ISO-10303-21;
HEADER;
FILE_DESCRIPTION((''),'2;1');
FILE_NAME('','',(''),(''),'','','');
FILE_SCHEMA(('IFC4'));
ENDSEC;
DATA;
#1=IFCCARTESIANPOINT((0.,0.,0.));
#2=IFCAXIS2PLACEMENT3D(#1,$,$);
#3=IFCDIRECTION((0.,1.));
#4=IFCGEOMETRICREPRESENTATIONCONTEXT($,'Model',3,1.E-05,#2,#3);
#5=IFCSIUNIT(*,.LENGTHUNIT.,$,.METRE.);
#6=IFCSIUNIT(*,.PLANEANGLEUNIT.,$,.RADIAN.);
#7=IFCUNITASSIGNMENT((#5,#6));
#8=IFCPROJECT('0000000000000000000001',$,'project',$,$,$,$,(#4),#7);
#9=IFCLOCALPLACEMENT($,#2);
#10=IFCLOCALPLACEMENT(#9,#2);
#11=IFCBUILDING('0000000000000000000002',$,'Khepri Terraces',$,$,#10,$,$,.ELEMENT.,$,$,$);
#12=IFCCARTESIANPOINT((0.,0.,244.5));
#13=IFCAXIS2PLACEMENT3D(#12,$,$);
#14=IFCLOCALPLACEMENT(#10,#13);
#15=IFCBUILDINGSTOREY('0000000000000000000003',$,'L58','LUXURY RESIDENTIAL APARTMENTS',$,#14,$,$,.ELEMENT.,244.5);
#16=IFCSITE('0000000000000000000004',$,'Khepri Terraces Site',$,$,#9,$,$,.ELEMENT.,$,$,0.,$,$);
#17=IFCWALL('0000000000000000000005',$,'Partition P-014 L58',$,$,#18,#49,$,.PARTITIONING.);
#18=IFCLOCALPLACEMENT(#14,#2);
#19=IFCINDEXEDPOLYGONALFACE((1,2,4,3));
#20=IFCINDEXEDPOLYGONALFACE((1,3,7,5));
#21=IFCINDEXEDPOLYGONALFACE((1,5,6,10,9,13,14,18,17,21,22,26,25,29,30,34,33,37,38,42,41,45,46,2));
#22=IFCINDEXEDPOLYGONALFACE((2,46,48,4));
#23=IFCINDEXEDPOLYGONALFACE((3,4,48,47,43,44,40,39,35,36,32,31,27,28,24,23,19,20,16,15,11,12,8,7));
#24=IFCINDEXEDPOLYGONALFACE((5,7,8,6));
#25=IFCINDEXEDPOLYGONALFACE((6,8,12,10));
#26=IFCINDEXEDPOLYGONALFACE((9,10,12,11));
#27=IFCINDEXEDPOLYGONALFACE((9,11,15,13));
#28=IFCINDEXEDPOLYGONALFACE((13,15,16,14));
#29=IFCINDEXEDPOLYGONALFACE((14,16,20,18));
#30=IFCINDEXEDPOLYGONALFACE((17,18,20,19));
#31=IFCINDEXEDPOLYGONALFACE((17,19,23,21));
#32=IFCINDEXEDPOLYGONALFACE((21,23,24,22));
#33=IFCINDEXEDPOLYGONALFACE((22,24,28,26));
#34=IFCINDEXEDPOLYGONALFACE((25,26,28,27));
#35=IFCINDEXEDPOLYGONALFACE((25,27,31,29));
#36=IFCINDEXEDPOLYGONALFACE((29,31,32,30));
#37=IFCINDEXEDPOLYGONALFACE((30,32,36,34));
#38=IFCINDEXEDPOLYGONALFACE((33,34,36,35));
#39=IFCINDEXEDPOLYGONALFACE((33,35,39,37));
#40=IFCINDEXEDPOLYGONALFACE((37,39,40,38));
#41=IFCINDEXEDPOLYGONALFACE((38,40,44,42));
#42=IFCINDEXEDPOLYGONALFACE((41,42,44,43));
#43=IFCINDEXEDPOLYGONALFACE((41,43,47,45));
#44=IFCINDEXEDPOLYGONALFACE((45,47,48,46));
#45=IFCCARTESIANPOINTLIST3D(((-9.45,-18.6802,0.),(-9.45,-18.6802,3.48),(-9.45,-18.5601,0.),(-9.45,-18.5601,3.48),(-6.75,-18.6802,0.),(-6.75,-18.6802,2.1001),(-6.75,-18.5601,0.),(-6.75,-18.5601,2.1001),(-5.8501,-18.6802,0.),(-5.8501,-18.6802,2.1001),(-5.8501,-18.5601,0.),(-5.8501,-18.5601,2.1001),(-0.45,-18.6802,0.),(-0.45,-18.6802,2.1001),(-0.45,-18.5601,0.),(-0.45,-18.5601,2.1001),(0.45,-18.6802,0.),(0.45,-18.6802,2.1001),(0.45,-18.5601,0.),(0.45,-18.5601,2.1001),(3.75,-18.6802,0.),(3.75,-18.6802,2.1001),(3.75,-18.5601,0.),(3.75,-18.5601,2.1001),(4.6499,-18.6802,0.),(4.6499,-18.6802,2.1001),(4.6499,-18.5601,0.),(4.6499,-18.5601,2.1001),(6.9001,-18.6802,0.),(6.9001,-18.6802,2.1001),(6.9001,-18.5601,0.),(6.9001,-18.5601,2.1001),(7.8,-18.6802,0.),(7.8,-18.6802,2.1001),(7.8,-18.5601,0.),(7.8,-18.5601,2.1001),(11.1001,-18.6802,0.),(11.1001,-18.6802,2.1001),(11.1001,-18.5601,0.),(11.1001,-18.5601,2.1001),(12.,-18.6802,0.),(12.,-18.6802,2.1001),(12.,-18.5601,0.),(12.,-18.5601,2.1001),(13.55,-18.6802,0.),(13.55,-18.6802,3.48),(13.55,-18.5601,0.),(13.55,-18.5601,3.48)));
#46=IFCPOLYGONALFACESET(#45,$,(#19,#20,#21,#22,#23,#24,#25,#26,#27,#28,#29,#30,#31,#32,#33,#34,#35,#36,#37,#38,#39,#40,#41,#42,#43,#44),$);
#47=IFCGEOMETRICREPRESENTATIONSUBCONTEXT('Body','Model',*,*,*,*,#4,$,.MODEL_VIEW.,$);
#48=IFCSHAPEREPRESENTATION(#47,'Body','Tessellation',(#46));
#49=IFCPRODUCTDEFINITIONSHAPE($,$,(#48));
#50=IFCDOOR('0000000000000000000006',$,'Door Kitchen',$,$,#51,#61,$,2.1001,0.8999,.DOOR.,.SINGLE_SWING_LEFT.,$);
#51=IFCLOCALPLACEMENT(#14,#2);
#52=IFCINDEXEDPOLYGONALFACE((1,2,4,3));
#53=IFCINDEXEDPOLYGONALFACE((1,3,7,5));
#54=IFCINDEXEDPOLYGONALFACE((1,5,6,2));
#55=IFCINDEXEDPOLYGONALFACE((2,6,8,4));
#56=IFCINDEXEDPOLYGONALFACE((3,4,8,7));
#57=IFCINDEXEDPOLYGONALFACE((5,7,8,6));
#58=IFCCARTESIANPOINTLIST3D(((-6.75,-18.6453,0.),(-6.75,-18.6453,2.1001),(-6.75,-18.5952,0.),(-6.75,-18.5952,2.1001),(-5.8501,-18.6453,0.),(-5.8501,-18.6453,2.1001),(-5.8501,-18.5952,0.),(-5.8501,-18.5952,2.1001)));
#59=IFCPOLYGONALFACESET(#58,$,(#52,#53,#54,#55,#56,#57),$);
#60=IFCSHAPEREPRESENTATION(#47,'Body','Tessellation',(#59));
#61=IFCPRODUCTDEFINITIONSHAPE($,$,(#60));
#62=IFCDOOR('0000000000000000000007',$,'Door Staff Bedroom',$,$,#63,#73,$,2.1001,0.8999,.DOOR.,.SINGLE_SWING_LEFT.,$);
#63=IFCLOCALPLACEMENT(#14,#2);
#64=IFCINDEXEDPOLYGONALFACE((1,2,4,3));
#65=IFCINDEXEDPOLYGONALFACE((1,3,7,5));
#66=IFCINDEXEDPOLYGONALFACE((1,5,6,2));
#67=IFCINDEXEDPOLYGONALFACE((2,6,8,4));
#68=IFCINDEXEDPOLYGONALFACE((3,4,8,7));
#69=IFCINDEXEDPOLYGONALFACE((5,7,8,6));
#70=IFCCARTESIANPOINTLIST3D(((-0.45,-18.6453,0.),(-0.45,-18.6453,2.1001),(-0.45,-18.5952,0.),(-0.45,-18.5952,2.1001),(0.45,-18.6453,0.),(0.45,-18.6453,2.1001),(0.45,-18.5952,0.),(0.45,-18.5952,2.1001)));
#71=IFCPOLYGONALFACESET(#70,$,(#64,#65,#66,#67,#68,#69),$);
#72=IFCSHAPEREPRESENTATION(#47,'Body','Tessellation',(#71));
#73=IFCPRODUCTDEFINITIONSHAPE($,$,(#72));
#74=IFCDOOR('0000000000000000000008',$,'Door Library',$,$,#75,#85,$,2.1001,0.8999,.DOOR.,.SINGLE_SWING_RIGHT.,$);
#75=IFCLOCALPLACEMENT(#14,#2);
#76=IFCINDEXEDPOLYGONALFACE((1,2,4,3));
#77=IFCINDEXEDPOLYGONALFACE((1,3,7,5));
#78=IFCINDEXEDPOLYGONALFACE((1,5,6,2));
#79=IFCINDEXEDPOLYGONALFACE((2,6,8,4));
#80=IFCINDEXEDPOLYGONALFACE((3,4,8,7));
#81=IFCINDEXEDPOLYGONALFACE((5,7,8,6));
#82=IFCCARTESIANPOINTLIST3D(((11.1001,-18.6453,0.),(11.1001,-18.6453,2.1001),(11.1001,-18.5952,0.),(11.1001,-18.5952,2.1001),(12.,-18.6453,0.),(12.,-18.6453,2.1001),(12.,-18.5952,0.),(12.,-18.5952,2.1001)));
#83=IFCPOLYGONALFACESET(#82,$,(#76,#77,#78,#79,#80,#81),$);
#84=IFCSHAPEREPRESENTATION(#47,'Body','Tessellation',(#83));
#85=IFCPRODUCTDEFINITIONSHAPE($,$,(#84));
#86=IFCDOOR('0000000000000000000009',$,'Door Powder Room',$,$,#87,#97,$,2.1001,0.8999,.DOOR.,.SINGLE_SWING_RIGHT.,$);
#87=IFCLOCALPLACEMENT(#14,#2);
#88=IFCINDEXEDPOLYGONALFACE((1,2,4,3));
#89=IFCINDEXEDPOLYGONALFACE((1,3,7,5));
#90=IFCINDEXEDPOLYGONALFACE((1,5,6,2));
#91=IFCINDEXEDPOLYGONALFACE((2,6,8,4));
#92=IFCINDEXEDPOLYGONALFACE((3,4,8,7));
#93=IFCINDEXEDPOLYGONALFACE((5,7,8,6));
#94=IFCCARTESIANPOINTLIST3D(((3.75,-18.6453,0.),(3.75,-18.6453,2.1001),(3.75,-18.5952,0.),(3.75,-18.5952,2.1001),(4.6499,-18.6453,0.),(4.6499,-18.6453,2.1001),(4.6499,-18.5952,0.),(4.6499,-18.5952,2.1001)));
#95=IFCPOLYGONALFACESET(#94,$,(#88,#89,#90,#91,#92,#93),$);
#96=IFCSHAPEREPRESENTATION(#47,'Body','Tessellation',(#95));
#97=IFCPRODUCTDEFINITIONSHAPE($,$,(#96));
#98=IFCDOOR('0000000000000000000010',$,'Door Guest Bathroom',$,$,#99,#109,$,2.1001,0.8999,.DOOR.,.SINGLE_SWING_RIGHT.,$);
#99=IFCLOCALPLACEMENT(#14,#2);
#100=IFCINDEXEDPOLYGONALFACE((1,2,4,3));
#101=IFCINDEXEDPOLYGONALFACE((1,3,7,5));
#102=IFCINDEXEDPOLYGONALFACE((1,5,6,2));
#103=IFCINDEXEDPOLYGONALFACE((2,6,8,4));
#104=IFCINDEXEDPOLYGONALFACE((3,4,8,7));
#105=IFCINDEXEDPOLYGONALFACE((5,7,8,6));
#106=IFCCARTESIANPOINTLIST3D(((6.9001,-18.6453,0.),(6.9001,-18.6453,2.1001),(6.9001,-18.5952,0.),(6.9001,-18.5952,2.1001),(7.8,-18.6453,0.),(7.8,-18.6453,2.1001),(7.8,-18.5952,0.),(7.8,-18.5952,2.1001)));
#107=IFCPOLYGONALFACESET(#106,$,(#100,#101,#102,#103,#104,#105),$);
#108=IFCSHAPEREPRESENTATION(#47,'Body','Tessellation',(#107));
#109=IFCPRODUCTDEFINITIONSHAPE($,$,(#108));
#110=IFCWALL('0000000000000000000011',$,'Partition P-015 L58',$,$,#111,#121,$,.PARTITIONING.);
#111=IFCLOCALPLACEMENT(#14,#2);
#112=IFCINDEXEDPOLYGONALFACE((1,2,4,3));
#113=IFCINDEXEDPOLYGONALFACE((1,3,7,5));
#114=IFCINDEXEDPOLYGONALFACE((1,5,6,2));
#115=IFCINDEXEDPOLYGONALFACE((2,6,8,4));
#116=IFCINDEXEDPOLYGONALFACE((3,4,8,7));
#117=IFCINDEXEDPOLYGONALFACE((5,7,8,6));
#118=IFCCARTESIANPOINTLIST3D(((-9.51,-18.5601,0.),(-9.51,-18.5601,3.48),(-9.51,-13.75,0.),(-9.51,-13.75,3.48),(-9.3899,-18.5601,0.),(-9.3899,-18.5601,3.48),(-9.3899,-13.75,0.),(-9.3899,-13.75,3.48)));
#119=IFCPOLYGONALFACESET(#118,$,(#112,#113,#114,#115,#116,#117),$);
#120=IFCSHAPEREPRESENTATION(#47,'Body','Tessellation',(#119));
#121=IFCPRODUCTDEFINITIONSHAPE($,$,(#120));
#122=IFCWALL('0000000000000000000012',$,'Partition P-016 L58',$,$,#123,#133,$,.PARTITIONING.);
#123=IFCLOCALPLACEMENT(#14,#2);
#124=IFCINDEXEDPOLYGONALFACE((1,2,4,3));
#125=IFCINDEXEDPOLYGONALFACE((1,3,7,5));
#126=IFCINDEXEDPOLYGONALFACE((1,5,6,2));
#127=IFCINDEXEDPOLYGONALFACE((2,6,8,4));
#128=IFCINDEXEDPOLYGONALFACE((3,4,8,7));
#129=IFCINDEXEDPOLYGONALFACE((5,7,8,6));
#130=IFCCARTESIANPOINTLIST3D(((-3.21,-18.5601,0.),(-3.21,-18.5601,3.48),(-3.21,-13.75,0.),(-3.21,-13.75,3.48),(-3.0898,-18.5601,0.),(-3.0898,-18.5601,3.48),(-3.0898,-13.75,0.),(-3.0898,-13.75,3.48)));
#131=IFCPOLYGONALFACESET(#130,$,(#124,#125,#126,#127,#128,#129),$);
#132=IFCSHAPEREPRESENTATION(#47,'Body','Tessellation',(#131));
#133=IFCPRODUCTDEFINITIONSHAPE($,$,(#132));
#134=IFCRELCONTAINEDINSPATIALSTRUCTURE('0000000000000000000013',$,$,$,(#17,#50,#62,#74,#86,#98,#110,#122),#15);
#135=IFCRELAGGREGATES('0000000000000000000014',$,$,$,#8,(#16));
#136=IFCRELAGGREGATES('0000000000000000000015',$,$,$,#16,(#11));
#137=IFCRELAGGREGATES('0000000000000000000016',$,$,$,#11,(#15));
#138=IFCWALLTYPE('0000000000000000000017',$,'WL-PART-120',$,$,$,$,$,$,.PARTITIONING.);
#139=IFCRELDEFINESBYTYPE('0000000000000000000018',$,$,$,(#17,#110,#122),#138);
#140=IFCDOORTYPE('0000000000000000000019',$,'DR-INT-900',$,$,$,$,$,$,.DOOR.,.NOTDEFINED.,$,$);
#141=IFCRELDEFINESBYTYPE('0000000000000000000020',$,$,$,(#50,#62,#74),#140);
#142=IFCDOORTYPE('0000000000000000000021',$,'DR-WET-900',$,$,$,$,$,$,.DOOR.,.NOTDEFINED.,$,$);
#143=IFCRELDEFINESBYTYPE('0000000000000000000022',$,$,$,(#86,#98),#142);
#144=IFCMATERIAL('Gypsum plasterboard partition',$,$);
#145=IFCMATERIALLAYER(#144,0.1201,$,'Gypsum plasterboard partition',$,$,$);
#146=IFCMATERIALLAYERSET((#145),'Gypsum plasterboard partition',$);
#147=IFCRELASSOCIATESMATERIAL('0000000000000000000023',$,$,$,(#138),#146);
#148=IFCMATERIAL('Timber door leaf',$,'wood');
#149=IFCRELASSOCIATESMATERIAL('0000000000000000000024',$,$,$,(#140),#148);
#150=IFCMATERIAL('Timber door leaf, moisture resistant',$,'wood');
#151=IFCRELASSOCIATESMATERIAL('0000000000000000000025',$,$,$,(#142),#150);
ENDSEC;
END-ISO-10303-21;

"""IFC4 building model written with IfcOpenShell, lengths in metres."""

from ifc_helpers import new_model, si_unit, direction, frame, frame_2d, origin, place, context, subcontext, project, spatial, rectangle, extrude, material, layer, layer_set, type_object, element, fill, save


model = new_model("IFC4")

# Units and contexts
model_context = context("Model", 3, precision=1e-05, world=origin(), true_north=direction((0.0, 1.0)))
body_context = subcontext(model_context, "Body", "Model", "MODEL_VIEW")
ifc_project = project(units=[si_unit("LENGTHUNIT", "METRE"), si_unit("PLANEANGLEUNIT", "RADIAN")], contexts=[model_context])

# Site, building, storey
site_placement = place(None, origin())
site = spatial("IfcSite", under=ifc_project, at=site_placement, Name="Khepri Terraces Site", CompositionType="ELEMENT", RefElevation=0.0)
building_placement = place(site_placement, origin())
building = spatial("IfcBuilding", under=site, at=building_placement, Name="Khepri Terraces", CompositionType="ELEMENT")
storey_placement = place(building_placement, frame((0.0, 0.0, 244.5)))
storey = spatial("IfcBuildingStorey", under=building, at=storey_placement, Name="L58", Description="LUXURY RESIDENTIAL APARTMENTS", CompositionType="ELEMENT", Elevation=244.5)

# Shared definitions
ifc_material_1 = material(Name="Gypsum plasterboard partition")
ifc_layer_1 = layer(ifc_material_1, 0.1201, Name="Gypsum plasterboard partition")
ifc_layer_set_1 = layer_set([ifc_layer_1], Name="Gypsum plasterboard partition")
wall_type_1 = type_object("IfcWallType", Name="WL-PART-120", PredefinedType="PARTITIONING", material=ifc_layer_set_1)

# Shared definitions
ifc_material_2 = material(Name="Timber door leaf", Category="wood")
door_type_1 = type_object("IfcDoorType", Name="DR-INT-900", OperationType="NOTDEFINED", PredefinedType="DOOR", material=ifc_material_2)

# Wall, openings, doors
wall_1_placement = place(storey_placement, frame((-9.45, -18.6201, 0.0), z_axis=(0.0, 0.0, 1.0), x_axis=(1.0, 0.0, 0.0)))
wall_1 = element("IfcWall", 1, at=wall_1_placement, inside=storey, type_object=wall_type_1, Name="Partition P-014 L58", PredefinedType="PARTITIONING", context=body_context, shape_type="SweptSolid", body=[
    extrude(rectangle(XDim=23.0, YDim=0.1201, at=frame_2d((11.5, 0.0))), origin(), (0.0, 0.0, 1.0), 3.48),
])
opening_1_placement = place(wall_1_placement, frame((2.7, 0.0, 0.0)))
opening_1 = element("IfcOpeningElement", 2, at=opening_1_placement, cuts=wall_1, PredefinedType="OPENING", context=body_context, shape_type="SweptSolid", body=[
    extrude(rectangle(XDim=0.8999, YDim=2.1001, at=frame_2d((0.45, 1.05))), frame((0.0, 0.0701, 0.0), z_axis=(0.0, -1.0, 0.0), x_axis=(1.0, 0.0, 0.0)), (0.0, 0.0, 1.0), 0.1401),
])
opening_2_placement = place(wall_1_placement, frame((9.0, 0.0, 0.0)))
opening_2 = element("IfcOpeningElement", 3, at=opening_2_placement, cuts=wall_1, PredefinedType="OPENING", context=body_context, shape_type="SweptSolid", body=[
    extrude(rectangle(XDim=0.8999, YDim=2.1001, at=frame_2d((0.45, 1.05))), frame((0.0, 0.0701, 0.0), z_axis=(0.0, -1.0, 0.0), x_axis=(1.0, 0.0, 0.0)), (0.0, 0.0, 1.0), 0.1401),
])
opening_3_placement = place(wall_1_placement, frame((13.2, 0.0, 0.0)))
opening_3 = element("IfcOpeningElement", 4, at=opening_3_placement, cuts=wall_1, PredefinedType="OPENING", context=body_context, shape_type="SweptSolid", body=[
    extrude(rectangle(XDim=0.8999, YDim=2.1001, at=frame_2d((0.45, 1.05))), frame((0.0, 0.0701, 0.0), z_axis=(0.0, -1.0, 0.0), x_axis=(1.0, 0.0, 0.0)), (0.0, 0.0, 1.0), 0.1401),
])
opening_4_placement = place(wall_1_placement, frame((16.3501, 0.0, 0.0)))
opening_4 = element("IfcOpeningElement", 5, at=opening_4_placement, cuts=wall_1, PredefinedType="OPENING", context=body_context, shape_type="SweptSolid", body=[
    extrude(rectangle(XDim=0.8999, YDim=2.1001, at=frame_2d((0.45, 1.05))), frame((0.0, 0.0701, 0.0), z_axis=(0.0, -1.0, 0.0), x_axis=(1.0, 0.0, 0.0)), (0.0, 0.0, 1.0), 0.1401),
])
opening_5_placement = place(wall_1_placement, frame((20.55, 0.0, 0.0)))
opening_5 = element("IfcOpeningElement", 6, at=opening_5_placement, cuts=wall_1, PredefinedType="OPENING", context=body_context, shape_type="SweptSolid", body=[
    extrude(rectangle(XDim=0.8999, YDim=2.1001, at=frame_2d((0.45, 1.05))), frame((0.0, 0.0701, 0.0), z_axis=(0.0, -1.0, 0.0), x_axis=(1.0, 0.0, 0.0)), (0.0, 0.0, 1.0), 0.1401),
])
door_1_placement = place(opening_1_placement, origin())
door_1 = element("IfcDoor", 7, at=door_1_placement, inside=storey, type_object=door_type_1, Name="Door Kitchen", OperationType="SINGLE_SWING_LEFT", OverallHeight=2.1001, OverallWidth=0.8999, PredefinedType="DOOR", context=body_context, shape_type="SweptSolid", body=[
    extrude(rectangle(XDim=0.8999, YDim=2.1001, at=frame_2d((0.45, 1.05))), frame((0.0, 0.0249, 0.0), z_axis=(0.0, -1.0, 0.0), x_axis=(1.0, 0.0, 0.0)), (0.0, 0.0, 1.0), 0.05),
])
fill(opening_1, door_1)
door_2_placement = place(opening_2_placement, origin())
door_2 = element("IfcDoor", 8, at=door_2_placement, inside=storey, type_object=door_type_1, Name="Door Staff Bedroom", OperationType="SINGLE_SWING_LEFT", OverallHeight=2.1001, OverallWidth=0.8999, PredefinedType="DOOR", context=body_context, shape_type="SweptSolid", body=[
    extrude(rectangle(XDim=0.8999, YDim=2.1001, at=frame_2d((0.45, 1.05))), frame((0.0, 0.0249, 0.0), z_axis=(0.0, -1.0, 0.0), x_axis=(1.0, 0.0, 0.0)), (0.0, 0.0, 1.0), 0.05),
])
fill(opening_2, door_2)
door_3_placement = place(opening_5_placement, origin())
door_3 = element("IfcDoor", 9, at=door_3_placement, inside=storey, type_object=door_type_1, Name="Door Library", OperationType="SINGLE_SWING_RIGHT", OverallHeight=2.1001, OverallWidth=0.8999, PredefinedType="DOOR", context=body_context, shape_type="SweptSolid", body=[
    extrude(rectangle(XDim=0.8999, YDim=2.1001, at=frame_2d((0.45, 1.05))), frame((0.0, 0.0249, 0.0), z_axis=(0.0, -1.0, 0.0), x_axis=(1.0, 0.0, 0.0)), (0.0, 0.0, 1.0), 0.05),
])
fill(opening_5, door_3)
ifc_material_3 = material(Name="Timber door leaf, moisture resistant", Category="wood")
door_type_2 = type_object("IfcDoorType", Name="DR-WET-900", OperationType="NOTDEFINED", PredefinedType="DOOR", material=ifc_material_3)
door_4_placement = place(opening_3_placement, origin())
door_4 = element("IfcDoor", 10, at=door_4_placement, inside=storey, type_object=door_type_2, Name="Door Powder Room", OperationType="SINGLE_SWING_RIGHT", OverallHeight=2.1001, OverallWidth=0.8999, PredefinedType="DOOR", context=body_context, shape_type="SweptSolid", body=[
    extrude(rectangle(XDim=0.8999, YDim=2.1001, at=frame_2d((0.45, 1.05))), frame((0.0, 0.0249, 0.0), z_axis=(0.0, -1.0, 0.0), x_axis=(1.0, 0.0, 0.0)), (0.0, 0.0, 1.0), 0.05),
])
fill(opening_3, door_4)
door_5_placement = place(opening_4_placement, origin())
door_5 = element("IfcDoor", 11, at=door_5_placement, inside=storey, type_object=door_type_2, Name="Door Guest Bathroom", OperationType="SINGLE_SWING_RIGHT", OverallHeight=2.1001, OverallWidth=0.8999, PredefinedType="DOOR", context=body_context, shape_type="SweptSolid", body=[
    extrude(rectangle(XDim=0.8999, YDim=2.1001, at=frame_2d((0.45, 1.05))), frame((0.0, 0.0249, 0.0), z_axis=(0.0, -1.0, 0.0), x_axis=(1.0, 0.0, 0.0)), (0.0, 0.0, 1.0), 0.05),
])
fill(opening_4, door_5)

# Walls
for number, where, z_axis, x_axis, name in (
    (12, (-9.45, -18.5601, 0.0), (0.0, 0.0, 1.0), (0.0, 1.0, 0.0), "Partition P-015 L58"),
    (13, (-3.1499, -18.5601, 0.0), (0.0, 0.0, 1.0), (0.0, 1.0, 0.0), "Partition P-016 L58"),
):
    element("IfcWall", number, at=place(storey_placement, frame(where, z_axis=z_axis, x_axis=x_axis)), inside=storey, type_object=wall_type_1, Name=name, PredefinedType="PARTITIONING", context=body_context, shape_type="SweptSolid", body=[
        extrude(rectangle(XDim=4.8101, YDim=0.1201, at=frame_2d((2.405, 0.0))), origin(), (0.0, 0.0, 1.0), 3.48),
    ])

save(model, "model.ifc")
